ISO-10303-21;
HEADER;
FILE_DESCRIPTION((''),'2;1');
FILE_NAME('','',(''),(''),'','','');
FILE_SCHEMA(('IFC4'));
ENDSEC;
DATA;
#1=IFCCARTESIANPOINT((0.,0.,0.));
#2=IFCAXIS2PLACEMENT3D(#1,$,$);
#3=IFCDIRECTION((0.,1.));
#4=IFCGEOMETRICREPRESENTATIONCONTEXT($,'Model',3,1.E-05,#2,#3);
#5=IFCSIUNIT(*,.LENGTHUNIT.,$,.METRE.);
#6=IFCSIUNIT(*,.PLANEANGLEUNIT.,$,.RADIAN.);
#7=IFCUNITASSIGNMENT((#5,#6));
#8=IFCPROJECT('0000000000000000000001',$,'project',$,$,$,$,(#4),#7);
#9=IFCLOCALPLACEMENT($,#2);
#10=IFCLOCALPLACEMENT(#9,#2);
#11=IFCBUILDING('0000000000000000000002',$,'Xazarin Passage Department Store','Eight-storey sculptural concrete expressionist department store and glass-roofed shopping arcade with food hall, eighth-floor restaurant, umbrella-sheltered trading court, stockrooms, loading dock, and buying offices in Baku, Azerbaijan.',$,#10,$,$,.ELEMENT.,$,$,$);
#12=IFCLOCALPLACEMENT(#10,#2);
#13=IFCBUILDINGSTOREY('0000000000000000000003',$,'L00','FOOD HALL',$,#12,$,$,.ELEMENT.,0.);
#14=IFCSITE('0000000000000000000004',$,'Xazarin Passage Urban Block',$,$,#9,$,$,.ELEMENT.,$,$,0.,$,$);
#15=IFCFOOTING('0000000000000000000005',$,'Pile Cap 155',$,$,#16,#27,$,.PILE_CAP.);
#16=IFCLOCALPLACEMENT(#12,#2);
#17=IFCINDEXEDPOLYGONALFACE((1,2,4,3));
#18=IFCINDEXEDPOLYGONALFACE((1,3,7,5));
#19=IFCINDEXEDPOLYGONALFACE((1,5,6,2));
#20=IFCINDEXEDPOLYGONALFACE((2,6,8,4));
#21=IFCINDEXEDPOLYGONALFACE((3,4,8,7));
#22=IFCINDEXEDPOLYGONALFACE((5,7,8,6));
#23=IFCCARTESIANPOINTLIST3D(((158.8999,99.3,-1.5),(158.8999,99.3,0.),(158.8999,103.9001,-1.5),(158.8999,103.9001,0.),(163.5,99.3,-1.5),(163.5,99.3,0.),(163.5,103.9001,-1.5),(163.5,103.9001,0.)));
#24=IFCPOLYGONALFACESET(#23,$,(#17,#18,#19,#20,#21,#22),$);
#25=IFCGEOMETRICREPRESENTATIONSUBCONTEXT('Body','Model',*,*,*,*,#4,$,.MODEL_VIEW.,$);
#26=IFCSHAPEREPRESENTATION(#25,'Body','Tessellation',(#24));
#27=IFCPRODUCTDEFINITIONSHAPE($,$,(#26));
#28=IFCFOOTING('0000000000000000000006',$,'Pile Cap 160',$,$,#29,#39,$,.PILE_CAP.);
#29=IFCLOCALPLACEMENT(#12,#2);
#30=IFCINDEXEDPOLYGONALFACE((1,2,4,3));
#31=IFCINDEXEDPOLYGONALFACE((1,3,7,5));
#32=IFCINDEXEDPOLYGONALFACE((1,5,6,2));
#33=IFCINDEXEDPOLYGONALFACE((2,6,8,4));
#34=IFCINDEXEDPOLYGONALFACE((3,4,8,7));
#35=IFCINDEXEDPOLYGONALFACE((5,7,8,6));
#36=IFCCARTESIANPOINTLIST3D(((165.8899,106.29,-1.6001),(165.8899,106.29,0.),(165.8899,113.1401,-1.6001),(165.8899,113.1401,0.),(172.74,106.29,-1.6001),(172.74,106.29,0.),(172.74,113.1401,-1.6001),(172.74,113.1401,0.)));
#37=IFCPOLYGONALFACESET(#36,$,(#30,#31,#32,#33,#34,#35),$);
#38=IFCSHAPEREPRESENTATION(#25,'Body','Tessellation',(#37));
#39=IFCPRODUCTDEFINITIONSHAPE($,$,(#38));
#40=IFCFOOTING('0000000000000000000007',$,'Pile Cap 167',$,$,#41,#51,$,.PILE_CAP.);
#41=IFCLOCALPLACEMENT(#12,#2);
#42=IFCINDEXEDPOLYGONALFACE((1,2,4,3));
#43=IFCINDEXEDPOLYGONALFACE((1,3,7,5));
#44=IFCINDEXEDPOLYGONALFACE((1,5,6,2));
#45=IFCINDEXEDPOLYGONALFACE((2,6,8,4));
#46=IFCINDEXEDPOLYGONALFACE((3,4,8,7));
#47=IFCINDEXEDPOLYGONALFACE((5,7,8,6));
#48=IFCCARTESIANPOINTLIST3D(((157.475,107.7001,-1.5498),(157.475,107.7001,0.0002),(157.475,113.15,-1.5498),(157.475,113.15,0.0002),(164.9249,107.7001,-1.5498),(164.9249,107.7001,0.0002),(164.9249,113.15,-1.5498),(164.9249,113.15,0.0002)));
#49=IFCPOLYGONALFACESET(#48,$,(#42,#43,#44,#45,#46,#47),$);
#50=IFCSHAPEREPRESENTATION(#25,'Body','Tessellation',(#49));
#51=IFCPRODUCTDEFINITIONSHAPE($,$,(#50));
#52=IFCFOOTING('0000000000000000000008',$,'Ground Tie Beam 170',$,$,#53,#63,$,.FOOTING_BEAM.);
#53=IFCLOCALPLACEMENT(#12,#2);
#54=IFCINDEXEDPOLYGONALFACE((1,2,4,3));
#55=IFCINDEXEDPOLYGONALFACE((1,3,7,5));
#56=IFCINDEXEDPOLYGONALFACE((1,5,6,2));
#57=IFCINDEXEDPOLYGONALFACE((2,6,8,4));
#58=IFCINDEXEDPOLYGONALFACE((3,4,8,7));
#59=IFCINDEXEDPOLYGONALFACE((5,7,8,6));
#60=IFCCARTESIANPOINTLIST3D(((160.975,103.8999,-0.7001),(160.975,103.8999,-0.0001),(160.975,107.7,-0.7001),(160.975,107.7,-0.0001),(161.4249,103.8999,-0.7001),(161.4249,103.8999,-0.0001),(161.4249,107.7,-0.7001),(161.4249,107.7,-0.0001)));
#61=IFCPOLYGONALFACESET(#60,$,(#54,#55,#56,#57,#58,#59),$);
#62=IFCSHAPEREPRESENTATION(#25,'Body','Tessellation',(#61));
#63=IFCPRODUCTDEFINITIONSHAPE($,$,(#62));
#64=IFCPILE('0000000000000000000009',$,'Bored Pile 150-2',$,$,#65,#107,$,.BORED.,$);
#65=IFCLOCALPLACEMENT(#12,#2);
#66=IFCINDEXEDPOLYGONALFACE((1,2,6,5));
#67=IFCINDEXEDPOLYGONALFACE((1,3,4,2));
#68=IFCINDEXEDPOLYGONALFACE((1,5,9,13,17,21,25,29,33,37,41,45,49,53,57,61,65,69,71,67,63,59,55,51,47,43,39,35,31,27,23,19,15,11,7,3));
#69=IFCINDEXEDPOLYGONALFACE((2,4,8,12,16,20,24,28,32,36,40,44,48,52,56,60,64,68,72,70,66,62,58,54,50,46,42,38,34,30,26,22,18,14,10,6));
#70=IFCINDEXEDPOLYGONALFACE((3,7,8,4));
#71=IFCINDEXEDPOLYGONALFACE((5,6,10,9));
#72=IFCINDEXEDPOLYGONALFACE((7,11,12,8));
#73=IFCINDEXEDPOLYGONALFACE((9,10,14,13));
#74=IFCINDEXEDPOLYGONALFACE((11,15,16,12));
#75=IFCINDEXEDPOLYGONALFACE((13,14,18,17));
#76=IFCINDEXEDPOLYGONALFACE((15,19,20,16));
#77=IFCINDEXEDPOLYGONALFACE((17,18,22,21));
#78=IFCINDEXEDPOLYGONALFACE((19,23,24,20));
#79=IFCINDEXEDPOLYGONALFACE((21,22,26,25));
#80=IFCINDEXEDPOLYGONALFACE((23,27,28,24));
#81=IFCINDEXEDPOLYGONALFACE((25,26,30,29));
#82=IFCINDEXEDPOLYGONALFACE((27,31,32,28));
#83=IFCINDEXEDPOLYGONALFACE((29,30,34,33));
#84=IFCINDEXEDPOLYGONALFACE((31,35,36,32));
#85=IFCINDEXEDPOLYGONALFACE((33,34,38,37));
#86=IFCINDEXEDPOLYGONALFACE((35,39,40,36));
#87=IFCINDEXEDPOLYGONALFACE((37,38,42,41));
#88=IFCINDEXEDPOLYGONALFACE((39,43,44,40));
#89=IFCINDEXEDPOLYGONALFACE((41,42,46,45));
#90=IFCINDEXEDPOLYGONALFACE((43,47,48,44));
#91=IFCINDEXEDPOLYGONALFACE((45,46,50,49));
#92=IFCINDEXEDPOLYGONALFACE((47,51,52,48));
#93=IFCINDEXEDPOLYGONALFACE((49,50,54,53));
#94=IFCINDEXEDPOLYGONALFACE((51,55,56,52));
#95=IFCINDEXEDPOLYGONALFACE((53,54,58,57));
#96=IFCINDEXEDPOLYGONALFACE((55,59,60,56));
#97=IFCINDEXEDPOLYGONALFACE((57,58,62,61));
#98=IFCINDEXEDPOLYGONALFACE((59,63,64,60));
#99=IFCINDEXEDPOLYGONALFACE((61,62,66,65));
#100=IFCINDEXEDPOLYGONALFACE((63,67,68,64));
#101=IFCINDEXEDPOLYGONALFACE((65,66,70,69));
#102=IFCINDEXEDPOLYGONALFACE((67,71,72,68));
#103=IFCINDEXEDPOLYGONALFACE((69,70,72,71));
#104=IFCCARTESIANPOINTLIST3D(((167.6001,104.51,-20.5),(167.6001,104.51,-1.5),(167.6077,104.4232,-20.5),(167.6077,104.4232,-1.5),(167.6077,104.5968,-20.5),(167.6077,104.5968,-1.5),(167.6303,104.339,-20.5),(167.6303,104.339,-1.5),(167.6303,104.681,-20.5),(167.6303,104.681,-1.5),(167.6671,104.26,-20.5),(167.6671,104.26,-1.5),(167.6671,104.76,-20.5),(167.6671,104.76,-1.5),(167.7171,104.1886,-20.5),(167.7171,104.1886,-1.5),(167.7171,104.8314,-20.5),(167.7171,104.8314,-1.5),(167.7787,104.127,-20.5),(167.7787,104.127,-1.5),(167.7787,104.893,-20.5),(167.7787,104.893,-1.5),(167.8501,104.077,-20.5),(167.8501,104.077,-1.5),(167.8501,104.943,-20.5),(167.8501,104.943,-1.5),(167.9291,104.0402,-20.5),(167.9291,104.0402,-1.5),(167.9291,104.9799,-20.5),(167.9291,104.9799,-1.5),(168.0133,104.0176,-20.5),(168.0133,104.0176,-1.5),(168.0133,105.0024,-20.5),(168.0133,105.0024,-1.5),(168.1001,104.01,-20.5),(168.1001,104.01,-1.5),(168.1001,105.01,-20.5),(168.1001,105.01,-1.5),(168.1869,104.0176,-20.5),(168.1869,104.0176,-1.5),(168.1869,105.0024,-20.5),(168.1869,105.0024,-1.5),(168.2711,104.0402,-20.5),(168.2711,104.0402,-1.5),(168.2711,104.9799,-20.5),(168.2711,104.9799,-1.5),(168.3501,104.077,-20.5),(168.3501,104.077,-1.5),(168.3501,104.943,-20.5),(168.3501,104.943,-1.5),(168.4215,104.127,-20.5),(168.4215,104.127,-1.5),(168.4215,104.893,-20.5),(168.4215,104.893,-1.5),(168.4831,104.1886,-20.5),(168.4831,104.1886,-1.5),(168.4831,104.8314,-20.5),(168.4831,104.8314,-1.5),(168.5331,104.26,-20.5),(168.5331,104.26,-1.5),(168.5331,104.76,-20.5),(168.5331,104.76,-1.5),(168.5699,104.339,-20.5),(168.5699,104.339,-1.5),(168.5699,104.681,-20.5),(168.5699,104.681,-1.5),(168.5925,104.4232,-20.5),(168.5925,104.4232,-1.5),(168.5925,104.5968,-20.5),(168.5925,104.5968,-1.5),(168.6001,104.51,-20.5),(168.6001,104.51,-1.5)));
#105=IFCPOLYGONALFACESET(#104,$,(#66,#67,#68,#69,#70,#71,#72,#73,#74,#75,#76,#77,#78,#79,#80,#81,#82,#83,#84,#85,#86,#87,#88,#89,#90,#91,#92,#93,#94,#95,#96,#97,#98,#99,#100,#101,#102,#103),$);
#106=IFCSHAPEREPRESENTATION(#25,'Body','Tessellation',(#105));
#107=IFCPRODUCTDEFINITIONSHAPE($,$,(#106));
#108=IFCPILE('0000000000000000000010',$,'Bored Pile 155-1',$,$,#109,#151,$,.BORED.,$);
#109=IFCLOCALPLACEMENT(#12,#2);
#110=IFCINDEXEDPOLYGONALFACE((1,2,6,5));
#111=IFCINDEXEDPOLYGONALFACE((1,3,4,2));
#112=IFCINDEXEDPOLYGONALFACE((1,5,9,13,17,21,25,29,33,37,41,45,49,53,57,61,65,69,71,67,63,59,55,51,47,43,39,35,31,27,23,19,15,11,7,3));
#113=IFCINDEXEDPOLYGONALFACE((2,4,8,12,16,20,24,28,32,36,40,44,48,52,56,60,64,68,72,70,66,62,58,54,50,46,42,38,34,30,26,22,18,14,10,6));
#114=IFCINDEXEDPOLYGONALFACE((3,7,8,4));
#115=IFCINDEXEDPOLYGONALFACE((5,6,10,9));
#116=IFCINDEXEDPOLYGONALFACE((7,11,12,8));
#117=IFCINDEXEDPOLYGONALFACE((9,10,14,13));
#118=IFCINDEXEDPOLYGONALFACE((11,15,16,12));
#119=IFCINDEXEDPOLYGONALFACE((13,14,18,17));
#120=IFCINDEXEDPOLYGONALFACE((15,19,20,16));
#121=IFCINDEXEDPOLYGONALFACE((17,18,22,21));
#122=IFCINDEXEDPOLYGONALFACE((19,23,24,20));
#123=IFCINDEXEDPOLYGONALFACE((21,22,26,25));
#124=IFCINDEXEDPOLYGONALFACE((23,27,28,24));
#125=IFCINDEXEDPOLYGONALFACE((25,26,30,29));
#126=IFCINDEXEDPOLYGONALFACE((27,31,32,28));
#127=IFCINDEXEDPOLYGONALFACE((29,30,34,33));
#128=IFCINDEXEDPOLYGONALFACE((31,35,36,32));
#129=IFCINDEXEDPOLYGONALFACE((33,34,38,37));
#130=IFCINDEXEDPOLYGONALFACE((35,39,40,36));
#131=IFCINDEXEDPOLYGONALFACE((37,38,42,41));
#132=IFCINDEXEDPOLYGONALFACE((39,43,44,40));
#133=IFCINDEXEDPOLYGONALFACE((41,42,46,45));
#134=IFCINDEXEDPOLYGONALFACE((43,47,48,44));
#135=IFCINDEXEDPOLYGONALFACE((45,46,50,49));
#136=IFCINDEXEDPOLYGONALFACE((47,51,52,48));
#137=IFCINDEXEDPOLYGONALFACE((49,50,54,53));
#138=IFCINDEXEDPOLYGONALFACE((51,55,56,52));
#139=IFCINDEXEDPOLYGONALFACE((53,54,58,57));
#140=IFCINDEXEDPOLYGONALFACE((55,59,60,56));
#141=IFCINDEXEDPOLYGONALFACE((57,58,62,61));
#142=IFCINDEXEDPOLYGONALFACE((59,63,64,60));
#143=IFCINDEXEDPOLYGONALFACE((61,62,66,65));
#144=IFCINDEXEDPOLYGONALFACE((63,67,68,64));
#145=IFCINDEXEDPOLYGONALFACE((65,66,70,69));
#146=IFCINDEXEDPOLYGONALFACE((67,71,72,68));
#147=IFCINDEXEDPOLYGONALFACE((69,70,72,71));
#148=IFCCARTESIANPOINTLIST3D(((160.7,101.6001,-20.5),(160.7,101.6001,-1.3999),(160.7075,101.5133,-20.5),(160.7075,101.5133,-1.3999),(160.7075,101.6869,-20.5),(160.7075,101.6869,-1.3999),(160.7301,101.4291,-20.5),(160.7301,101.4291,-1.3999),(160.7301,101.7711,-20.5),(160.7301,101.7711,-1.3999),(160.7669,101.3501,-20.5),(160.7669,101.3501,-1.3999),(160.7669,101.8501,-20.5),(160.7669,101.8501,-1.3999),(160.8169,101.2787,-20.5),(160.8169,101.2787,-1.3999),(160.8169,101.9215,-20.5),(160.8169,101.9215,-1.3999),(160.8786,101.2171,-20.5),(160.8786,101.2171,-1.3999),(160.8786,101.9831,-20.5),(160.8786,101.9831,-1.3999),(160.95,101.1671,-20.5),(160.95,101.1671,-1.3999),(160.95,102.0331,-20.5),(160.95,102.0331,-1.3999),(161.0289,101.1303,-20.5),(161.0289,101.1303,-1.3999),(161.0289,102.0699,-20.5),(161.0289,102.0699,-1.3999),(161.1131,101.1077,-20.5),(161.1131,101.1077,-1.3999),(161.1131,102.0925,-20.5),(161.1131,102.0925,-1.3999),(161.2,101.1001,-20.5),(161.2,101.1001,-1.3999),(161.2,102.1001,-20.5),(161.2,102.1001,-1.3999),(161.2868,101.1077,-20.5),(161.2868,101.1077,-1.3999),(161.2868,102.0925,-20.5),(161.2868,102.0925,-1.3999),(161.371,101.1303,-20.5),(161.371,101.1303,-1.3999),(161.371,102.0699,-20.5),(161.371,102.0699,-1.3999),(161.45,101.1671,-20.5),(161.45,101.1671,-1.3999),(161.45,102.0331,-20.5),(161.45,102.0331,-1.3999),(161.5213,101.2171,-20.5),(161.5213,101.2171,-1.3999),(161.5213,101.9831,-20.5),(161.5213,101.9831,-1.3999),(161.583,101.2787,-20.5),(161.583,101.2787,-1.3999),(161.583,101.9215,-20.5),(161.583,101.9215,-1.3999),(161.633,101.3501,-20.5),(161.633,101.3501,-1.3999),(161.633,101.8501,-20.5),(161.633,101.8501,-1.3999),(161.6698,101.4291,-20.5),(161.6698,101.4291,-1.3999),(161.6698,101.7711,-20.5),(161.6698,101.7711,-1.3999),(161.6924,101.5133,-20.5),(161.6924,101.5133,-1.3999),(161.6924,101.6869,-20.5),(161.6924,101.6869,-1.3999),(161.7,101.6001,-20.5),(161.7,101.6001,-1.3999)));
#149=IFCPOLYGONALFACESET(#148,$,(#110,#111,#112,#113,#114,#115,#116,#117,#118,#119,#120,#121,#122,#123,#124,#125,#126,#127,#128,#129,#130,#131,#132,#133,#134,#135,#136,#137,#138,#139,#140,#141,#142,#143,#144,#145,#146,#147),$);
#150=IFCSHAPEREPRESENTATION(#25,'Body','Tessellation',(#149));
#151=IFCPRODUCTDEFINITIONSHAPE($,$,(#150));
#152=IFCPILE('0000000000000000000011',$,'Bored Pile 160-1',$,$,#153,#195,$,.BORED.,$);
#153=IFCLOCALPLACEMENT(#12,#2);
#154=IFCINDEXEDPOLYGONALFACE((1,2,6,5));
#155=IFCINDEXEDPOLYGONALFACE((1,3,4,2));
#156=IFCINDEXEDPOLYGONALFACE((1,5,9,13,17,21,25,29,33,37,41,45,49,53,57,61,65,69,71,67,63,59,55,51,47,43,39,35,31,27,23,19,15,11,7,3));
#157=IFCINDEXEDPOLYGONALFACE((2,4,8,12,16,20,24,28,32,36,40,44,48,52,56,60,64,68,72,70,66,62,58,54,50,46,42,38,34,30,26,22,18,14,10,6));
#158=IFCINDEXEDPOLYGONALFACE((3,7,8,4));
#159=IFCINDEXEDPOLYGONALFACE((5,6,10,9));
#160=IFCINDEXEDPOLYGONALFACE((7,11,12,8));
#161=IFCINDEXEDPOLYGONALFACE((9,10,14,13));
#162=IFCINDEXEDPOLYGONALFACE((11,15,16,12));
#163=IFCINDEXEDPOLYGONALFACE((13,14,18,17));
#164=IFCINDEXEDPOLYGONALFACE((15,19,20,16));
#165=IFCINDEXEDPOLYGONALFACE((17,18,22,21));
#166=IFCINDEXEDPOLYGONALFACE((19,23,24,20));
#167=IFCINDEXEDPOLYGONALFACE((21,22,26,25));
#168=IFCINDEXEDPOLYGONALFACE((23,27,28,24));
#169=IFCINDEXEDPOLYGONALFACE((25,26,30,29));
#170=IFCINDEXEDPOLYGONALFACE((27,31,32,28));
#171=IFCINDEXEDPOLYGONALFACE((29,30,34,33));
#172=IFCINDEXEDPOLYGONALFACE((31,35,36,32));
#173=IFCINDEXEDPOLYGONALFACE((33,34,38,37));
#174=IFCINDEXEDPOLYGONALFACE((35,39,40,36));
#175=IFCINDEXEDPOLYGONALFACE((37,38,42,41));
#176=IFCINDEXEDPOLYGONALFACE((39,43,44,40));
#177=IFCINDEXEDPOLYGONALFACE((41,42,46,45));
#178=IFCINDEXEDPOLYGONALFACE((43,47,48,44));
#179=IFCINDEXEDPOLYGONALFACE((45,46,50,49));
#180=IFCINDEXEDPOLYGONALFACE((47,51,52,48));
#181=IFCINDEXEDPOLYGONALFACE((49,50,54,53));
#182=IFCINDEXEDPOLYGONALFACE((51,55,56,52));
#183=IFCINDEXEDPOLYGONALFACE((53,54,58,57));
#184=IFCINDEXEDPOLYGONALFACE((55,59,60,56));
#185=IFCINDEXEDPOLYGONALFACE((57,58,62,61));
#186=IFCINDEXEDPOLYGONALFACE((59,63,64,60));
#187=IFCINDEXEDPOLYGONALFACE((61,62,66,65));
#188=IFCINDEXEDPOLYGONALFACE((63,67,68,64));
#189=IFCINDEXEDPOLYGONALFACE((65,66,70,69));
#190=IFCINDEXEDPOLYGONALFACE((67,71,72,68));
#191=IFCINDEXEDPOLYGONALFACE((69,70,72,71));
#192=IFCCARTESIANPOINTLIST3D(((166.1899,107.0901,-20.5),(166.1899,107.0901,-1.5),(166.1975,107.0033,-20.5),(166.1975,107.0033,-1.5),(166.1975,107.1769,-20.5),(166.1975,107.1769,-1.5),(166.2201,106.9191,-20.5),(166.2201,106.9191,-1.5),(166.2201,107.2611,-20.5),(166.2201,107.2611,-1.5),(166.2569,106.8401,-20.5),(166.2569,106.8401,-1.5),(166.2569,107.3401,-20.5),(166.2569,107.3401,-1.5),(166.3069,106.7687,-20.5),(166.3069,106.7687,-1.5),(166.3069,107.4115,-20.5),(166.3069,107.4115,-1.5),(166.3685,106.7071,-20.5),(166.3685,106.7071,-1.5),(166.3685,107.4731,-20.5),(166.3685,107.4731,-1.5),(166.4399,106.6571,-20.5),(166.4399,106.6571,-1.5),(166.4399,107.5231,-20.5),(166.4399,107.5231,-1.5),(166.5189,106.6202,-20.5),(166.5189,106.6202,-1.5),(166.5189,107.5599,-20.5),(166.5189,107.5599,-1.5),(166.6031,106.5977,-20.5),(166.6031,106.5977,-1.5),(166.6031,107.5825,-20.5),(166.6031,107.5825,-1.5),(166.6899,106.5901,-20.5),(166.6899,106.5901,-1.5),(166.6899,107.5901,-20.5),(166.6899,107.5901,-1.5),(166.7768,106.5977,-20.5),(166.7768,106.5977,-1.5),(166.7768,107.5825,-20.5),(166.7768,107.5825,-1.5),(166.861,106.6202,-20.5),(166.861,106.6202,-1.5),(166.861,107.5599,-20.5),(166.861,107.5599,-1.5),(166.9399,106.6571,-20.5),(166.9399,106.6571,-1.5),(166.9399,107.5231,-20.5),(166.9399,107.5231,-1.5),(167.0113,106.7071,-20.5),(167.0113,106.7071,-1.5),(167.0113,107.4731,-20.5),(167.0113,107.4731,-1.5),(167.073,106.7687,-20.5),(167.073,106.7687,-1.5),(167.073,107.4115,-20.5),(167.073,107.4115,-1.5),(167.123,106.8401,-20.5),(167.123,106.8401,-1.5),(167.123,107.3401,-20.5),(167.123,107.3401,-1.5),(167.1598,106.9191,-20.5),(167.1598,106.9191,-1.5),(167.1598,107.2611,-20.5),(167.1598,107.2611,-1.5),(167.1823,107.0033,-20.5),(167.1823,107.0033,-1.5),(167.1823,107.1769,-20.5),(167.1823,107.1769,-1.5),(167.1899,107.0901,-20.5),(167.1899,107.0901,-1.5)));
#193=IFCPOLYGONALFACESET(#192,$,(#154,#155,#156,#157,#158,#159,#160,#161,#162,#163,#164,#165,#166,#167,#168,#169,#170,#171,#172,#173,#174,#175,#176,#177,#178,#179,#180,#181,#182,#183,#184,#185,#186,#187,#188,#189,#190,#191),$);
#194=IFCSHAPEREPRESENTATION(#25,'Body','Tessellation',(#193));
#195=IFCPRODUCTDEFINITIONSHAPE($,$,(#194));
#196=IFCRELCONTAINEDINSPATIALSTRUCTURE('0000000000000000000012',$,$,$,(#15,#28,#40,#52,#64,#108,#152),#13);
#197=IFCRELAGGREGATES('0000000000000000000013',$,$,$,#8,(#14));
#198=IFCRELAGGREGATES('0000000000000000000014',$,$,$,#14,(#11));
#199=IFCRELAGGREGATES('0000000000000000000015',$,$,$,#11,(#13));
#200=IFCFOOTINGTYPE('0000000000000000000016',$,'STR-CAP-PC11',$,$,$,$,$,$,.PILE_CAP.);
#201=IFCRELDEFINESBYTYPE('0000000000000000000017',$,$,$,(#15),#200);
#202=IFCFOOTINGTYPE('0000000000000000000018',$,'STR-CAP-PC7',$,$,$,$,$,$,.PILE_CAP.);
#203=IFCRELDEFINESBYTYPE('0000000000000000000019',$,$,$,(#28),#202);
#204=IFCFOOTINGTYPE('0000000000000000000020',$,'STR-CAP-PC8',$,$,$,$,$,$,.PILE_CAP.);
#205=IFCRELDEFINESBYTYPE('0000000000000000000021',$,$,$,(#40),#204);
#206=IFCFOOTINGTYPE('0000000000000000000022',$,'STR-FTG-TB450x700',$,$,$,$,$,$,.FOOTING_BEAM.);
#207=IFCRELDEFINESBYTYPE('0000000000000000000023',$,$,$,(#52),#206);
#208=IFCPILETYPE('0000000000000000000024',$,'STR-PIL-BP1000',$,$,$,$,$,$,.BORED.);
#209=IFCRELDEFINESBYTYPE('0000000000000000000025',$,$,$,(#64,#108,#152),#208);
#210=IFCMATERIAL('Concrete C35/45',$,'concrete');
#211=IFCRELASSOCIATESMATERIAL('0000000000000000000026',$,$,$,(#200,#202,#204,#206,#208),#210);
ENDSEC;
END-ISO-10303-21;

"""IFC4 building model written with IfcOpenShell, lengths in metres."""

from ifc_helpers import new_model, si_unit, direction, frame, origin, origin_2d, place, context, subcontext, project, spatial, rectangle, circle, extrude, material, material_profile, profile_set, type_object, element, save


model = new_model("IFC4")

# Units and contexts
model_context = context("Model", 3, precision=1e-05, world=origin(), true_north=direction((0.0, 1.0)))
body_context = subcontext(model_context, "Body", "Model", "MODEL_VIEW")
ifc_project = project(units=[si_unit("LENGTHUNIT", "METRE"), si_unit("PLANEANGLEUNIT", "RADIAN")], contexts=[model_context])

# Site, building, storey
site_placement = place(None, origin())
site = spatial("IfcSite", under=ifc_project, at=site_placement, Name="Xazarin Passage Urban Block", CompositionType="ELEMENT", RefElevation=0.0)
building_placement = place(site_placement, origin())
building = spatial("IfcBuilding", under=site, at=building_placement, Name="Xazarin Passage Department Store", Description="Eight-storey sculptural concrete expressionist department store and glass-roofed shopping arcade with food hall, eighth-floor restaurant, umbrella-sheltered trading court, stockrooms, loading dock, and buying offices in Baku, Azerbaijan.", CompositionType="ELEMENT")
storey_placement = place(building_placement, origin())
storey = spatial("IfcBuildingStorey", under=building, at=storey_placement, Name="L00", Description="FOOD HALL", CompositionType="ELEMENT", Elevation=0.0)

# Footings
ifc_material_1 = material(Name="Concrete C35/45", Category="concrete")
footing_type_1 = type_object("IfcFootingType", Name="STR-CAP-PC11", PredefinedType="PILE_CAP", material=ifc_material_1)
footing_1_placement = place(storey_placement, frame((161.2, 101.6001, -1.5), z_axis=(0.0, 0.0, 1.0), x_axis=(1.0, 0.0, 0.0)))
element("IfcFooting", 1, at=footing_1_placement, inside=storey, type_object=footing_type_1, Name="Pile Cap 155", PredefinedType="PILE_CAP", context=body_context, shape_type="SweptSolid", body=[
    extrude(rectangle(XDim=4.6001, YDim=4.6001, at=origin_2d()), origin(), (0.0, 0.0, 1.0), 1.5),
])
footing_type_2 = type_object("IfcFootingType", Name="STR-CAP-PC7", PredefinedType="PILE_CAP", material=ifc_material_1)
footing_2_placement = place(storey_placement, frame((169.3149, 109.7151, -1.6001), z_axis=(0.0, 0.0, 1.0), x_axis=(1.0, 0.0, 0.0)))
element("IfcFooting", 2, at=footing_2_placement, inside=storey, type_object=footing_type_2, Name="Pile Cap 160", PredefinedType="PILE_CAP", context=body_context, shape_type="SweptSolid", body=[
    extrude(rectangle(XDim=6.8501, YDim=6.8501, at=origin_2d()), origin(), (0.0, 0.0, 1.0), 1.6001),
])
footing_type_3 = type_object("IfcFootingType", Name="STR-CAP-PC8", PredefinedType="PILE_CAP", material=ifc_material_1)
footing_3_placement = place(storey_placement, frame((161.2, 110.425, -1.5498), z_axis=(0.0, 0.0, 1.0), x_axis=(1.0, 0.0, 0.0)))
element("IfcFooting", 3, at=footing_3_placement, inside=storey, type_object=footing_type_3, Name="Pile Cap 167", PredefinedType="PILE_CAP", context=body_context, shape_type="SweptSolid", body=[
    extrude(rectangle(XDim=7.45, YDim=5.45, at=origin_2d()), origin(), (0.0, 0.0, 1.0), 1.55),
])
ifc_material_profile_1 = material_profile(ifc_material_1, rectangle(XDim=0.45, YDim=0.7, at=origin_2d()), Name="RC 450x700")
ifc_profile_set_1 = profile_set([ifc_material_profile_1], Name="Concrete C35/45")
footing_type_4 = type_object("IfcFootingType", Name="STR-FTG-TB450x700", PredefinedType="FOOTING_BEAM", material=ifc_profile_set_1)
footing_4_placement = place(storey_placement, frame((161.2, 103.8999, -0.3501), z_axis=(0.0, 1.0, 0.0), x_axis=(-1.0, 0.0, 0.0)))
element("IfcFooting", 4, at=footing_4_placement, inside=storey, type_object=footing_type_4, Name="Ground Tie Beam 170", PredefinedType="FOOTING_BEAM", context=body_context, shape_type="SweptSolid", body=[
    extrude(rectangle(XDim=0.45, YDim=0.7, at=origin_2d()), origin(), (0.0, 0.0, 1.0), 3.8),
])

# Piles
ifc_material_profile_2 = material_profile(ifc_material_1, circle(Radius=0.5, at=origin_2d()), Name="BP 1000")
ifc_profile_set_2 = profile_set([ifc_material_profile_2], Name="Concrete C35/45")
pile_type = type_object("IfcPileType", Name="STR-PIL-BP1000", PredefinedType="BORED", material=ifc_profile_set_2)
pile_1_placement = place(storey_placement, frame((168.1001, 104.51, -1.5), z_axis=(0.0, 0.0, -1.0), x_axis=(1.0, 0.0, 0.0)))
element("IfcPile", 5, at=pile_1_placement, inside=storey, type_object=pile_type, Name="Bored Pile 150-2", PredefinedType="BORED", context=body_context, shape_type="SweptSolid", body=[
    extrude(circle(Radius=0.5, at=origin_2d()), origin(), (0.0, 0.0, 1.0), 19.0),
])
pile_2_placement = place(storey_placement, frame((161.2, 101.6001, -1.3999), z_axis=(0.0, 0.0, -1.0), x_axis=(1.0, 0.0, 0.0)))
element("IfcPile", 6, at=pile_2_placement, inside=storey, type_object=pile_type, Name="Bored Pile 155-1", PredefinedType="BORED", context=body_context, shape_type="SweptSolid", body=[
    extrude(circle(Radius=0.5, at=origin_2d()), origin(), (0.0, 0.0, 1.0), 19.1001),
])
for number, where, z_axis, x_axis, name in (
    (7, (166.6899, 107.0901, -1.5), (0.0, 0.0, -1.0), (1.0, 0.0, 0.0), "Bored Pile 160-1"),
):
    element("IfcPile", number, at=place(storey_placement, frame(where, z_axis=z_axis, x_axis=x_axis)), inside=storey, type_object=pile_type, Name=name, PredefinedType="BORED", context=body_context, shape_type="SweptSolid", body=[
        extrude(circle(Radius=0.5, at=origin_2d()), origin(), (0.0, 0.0, 1.0), 19.0),
    ])

save(model, "model.ifc")
